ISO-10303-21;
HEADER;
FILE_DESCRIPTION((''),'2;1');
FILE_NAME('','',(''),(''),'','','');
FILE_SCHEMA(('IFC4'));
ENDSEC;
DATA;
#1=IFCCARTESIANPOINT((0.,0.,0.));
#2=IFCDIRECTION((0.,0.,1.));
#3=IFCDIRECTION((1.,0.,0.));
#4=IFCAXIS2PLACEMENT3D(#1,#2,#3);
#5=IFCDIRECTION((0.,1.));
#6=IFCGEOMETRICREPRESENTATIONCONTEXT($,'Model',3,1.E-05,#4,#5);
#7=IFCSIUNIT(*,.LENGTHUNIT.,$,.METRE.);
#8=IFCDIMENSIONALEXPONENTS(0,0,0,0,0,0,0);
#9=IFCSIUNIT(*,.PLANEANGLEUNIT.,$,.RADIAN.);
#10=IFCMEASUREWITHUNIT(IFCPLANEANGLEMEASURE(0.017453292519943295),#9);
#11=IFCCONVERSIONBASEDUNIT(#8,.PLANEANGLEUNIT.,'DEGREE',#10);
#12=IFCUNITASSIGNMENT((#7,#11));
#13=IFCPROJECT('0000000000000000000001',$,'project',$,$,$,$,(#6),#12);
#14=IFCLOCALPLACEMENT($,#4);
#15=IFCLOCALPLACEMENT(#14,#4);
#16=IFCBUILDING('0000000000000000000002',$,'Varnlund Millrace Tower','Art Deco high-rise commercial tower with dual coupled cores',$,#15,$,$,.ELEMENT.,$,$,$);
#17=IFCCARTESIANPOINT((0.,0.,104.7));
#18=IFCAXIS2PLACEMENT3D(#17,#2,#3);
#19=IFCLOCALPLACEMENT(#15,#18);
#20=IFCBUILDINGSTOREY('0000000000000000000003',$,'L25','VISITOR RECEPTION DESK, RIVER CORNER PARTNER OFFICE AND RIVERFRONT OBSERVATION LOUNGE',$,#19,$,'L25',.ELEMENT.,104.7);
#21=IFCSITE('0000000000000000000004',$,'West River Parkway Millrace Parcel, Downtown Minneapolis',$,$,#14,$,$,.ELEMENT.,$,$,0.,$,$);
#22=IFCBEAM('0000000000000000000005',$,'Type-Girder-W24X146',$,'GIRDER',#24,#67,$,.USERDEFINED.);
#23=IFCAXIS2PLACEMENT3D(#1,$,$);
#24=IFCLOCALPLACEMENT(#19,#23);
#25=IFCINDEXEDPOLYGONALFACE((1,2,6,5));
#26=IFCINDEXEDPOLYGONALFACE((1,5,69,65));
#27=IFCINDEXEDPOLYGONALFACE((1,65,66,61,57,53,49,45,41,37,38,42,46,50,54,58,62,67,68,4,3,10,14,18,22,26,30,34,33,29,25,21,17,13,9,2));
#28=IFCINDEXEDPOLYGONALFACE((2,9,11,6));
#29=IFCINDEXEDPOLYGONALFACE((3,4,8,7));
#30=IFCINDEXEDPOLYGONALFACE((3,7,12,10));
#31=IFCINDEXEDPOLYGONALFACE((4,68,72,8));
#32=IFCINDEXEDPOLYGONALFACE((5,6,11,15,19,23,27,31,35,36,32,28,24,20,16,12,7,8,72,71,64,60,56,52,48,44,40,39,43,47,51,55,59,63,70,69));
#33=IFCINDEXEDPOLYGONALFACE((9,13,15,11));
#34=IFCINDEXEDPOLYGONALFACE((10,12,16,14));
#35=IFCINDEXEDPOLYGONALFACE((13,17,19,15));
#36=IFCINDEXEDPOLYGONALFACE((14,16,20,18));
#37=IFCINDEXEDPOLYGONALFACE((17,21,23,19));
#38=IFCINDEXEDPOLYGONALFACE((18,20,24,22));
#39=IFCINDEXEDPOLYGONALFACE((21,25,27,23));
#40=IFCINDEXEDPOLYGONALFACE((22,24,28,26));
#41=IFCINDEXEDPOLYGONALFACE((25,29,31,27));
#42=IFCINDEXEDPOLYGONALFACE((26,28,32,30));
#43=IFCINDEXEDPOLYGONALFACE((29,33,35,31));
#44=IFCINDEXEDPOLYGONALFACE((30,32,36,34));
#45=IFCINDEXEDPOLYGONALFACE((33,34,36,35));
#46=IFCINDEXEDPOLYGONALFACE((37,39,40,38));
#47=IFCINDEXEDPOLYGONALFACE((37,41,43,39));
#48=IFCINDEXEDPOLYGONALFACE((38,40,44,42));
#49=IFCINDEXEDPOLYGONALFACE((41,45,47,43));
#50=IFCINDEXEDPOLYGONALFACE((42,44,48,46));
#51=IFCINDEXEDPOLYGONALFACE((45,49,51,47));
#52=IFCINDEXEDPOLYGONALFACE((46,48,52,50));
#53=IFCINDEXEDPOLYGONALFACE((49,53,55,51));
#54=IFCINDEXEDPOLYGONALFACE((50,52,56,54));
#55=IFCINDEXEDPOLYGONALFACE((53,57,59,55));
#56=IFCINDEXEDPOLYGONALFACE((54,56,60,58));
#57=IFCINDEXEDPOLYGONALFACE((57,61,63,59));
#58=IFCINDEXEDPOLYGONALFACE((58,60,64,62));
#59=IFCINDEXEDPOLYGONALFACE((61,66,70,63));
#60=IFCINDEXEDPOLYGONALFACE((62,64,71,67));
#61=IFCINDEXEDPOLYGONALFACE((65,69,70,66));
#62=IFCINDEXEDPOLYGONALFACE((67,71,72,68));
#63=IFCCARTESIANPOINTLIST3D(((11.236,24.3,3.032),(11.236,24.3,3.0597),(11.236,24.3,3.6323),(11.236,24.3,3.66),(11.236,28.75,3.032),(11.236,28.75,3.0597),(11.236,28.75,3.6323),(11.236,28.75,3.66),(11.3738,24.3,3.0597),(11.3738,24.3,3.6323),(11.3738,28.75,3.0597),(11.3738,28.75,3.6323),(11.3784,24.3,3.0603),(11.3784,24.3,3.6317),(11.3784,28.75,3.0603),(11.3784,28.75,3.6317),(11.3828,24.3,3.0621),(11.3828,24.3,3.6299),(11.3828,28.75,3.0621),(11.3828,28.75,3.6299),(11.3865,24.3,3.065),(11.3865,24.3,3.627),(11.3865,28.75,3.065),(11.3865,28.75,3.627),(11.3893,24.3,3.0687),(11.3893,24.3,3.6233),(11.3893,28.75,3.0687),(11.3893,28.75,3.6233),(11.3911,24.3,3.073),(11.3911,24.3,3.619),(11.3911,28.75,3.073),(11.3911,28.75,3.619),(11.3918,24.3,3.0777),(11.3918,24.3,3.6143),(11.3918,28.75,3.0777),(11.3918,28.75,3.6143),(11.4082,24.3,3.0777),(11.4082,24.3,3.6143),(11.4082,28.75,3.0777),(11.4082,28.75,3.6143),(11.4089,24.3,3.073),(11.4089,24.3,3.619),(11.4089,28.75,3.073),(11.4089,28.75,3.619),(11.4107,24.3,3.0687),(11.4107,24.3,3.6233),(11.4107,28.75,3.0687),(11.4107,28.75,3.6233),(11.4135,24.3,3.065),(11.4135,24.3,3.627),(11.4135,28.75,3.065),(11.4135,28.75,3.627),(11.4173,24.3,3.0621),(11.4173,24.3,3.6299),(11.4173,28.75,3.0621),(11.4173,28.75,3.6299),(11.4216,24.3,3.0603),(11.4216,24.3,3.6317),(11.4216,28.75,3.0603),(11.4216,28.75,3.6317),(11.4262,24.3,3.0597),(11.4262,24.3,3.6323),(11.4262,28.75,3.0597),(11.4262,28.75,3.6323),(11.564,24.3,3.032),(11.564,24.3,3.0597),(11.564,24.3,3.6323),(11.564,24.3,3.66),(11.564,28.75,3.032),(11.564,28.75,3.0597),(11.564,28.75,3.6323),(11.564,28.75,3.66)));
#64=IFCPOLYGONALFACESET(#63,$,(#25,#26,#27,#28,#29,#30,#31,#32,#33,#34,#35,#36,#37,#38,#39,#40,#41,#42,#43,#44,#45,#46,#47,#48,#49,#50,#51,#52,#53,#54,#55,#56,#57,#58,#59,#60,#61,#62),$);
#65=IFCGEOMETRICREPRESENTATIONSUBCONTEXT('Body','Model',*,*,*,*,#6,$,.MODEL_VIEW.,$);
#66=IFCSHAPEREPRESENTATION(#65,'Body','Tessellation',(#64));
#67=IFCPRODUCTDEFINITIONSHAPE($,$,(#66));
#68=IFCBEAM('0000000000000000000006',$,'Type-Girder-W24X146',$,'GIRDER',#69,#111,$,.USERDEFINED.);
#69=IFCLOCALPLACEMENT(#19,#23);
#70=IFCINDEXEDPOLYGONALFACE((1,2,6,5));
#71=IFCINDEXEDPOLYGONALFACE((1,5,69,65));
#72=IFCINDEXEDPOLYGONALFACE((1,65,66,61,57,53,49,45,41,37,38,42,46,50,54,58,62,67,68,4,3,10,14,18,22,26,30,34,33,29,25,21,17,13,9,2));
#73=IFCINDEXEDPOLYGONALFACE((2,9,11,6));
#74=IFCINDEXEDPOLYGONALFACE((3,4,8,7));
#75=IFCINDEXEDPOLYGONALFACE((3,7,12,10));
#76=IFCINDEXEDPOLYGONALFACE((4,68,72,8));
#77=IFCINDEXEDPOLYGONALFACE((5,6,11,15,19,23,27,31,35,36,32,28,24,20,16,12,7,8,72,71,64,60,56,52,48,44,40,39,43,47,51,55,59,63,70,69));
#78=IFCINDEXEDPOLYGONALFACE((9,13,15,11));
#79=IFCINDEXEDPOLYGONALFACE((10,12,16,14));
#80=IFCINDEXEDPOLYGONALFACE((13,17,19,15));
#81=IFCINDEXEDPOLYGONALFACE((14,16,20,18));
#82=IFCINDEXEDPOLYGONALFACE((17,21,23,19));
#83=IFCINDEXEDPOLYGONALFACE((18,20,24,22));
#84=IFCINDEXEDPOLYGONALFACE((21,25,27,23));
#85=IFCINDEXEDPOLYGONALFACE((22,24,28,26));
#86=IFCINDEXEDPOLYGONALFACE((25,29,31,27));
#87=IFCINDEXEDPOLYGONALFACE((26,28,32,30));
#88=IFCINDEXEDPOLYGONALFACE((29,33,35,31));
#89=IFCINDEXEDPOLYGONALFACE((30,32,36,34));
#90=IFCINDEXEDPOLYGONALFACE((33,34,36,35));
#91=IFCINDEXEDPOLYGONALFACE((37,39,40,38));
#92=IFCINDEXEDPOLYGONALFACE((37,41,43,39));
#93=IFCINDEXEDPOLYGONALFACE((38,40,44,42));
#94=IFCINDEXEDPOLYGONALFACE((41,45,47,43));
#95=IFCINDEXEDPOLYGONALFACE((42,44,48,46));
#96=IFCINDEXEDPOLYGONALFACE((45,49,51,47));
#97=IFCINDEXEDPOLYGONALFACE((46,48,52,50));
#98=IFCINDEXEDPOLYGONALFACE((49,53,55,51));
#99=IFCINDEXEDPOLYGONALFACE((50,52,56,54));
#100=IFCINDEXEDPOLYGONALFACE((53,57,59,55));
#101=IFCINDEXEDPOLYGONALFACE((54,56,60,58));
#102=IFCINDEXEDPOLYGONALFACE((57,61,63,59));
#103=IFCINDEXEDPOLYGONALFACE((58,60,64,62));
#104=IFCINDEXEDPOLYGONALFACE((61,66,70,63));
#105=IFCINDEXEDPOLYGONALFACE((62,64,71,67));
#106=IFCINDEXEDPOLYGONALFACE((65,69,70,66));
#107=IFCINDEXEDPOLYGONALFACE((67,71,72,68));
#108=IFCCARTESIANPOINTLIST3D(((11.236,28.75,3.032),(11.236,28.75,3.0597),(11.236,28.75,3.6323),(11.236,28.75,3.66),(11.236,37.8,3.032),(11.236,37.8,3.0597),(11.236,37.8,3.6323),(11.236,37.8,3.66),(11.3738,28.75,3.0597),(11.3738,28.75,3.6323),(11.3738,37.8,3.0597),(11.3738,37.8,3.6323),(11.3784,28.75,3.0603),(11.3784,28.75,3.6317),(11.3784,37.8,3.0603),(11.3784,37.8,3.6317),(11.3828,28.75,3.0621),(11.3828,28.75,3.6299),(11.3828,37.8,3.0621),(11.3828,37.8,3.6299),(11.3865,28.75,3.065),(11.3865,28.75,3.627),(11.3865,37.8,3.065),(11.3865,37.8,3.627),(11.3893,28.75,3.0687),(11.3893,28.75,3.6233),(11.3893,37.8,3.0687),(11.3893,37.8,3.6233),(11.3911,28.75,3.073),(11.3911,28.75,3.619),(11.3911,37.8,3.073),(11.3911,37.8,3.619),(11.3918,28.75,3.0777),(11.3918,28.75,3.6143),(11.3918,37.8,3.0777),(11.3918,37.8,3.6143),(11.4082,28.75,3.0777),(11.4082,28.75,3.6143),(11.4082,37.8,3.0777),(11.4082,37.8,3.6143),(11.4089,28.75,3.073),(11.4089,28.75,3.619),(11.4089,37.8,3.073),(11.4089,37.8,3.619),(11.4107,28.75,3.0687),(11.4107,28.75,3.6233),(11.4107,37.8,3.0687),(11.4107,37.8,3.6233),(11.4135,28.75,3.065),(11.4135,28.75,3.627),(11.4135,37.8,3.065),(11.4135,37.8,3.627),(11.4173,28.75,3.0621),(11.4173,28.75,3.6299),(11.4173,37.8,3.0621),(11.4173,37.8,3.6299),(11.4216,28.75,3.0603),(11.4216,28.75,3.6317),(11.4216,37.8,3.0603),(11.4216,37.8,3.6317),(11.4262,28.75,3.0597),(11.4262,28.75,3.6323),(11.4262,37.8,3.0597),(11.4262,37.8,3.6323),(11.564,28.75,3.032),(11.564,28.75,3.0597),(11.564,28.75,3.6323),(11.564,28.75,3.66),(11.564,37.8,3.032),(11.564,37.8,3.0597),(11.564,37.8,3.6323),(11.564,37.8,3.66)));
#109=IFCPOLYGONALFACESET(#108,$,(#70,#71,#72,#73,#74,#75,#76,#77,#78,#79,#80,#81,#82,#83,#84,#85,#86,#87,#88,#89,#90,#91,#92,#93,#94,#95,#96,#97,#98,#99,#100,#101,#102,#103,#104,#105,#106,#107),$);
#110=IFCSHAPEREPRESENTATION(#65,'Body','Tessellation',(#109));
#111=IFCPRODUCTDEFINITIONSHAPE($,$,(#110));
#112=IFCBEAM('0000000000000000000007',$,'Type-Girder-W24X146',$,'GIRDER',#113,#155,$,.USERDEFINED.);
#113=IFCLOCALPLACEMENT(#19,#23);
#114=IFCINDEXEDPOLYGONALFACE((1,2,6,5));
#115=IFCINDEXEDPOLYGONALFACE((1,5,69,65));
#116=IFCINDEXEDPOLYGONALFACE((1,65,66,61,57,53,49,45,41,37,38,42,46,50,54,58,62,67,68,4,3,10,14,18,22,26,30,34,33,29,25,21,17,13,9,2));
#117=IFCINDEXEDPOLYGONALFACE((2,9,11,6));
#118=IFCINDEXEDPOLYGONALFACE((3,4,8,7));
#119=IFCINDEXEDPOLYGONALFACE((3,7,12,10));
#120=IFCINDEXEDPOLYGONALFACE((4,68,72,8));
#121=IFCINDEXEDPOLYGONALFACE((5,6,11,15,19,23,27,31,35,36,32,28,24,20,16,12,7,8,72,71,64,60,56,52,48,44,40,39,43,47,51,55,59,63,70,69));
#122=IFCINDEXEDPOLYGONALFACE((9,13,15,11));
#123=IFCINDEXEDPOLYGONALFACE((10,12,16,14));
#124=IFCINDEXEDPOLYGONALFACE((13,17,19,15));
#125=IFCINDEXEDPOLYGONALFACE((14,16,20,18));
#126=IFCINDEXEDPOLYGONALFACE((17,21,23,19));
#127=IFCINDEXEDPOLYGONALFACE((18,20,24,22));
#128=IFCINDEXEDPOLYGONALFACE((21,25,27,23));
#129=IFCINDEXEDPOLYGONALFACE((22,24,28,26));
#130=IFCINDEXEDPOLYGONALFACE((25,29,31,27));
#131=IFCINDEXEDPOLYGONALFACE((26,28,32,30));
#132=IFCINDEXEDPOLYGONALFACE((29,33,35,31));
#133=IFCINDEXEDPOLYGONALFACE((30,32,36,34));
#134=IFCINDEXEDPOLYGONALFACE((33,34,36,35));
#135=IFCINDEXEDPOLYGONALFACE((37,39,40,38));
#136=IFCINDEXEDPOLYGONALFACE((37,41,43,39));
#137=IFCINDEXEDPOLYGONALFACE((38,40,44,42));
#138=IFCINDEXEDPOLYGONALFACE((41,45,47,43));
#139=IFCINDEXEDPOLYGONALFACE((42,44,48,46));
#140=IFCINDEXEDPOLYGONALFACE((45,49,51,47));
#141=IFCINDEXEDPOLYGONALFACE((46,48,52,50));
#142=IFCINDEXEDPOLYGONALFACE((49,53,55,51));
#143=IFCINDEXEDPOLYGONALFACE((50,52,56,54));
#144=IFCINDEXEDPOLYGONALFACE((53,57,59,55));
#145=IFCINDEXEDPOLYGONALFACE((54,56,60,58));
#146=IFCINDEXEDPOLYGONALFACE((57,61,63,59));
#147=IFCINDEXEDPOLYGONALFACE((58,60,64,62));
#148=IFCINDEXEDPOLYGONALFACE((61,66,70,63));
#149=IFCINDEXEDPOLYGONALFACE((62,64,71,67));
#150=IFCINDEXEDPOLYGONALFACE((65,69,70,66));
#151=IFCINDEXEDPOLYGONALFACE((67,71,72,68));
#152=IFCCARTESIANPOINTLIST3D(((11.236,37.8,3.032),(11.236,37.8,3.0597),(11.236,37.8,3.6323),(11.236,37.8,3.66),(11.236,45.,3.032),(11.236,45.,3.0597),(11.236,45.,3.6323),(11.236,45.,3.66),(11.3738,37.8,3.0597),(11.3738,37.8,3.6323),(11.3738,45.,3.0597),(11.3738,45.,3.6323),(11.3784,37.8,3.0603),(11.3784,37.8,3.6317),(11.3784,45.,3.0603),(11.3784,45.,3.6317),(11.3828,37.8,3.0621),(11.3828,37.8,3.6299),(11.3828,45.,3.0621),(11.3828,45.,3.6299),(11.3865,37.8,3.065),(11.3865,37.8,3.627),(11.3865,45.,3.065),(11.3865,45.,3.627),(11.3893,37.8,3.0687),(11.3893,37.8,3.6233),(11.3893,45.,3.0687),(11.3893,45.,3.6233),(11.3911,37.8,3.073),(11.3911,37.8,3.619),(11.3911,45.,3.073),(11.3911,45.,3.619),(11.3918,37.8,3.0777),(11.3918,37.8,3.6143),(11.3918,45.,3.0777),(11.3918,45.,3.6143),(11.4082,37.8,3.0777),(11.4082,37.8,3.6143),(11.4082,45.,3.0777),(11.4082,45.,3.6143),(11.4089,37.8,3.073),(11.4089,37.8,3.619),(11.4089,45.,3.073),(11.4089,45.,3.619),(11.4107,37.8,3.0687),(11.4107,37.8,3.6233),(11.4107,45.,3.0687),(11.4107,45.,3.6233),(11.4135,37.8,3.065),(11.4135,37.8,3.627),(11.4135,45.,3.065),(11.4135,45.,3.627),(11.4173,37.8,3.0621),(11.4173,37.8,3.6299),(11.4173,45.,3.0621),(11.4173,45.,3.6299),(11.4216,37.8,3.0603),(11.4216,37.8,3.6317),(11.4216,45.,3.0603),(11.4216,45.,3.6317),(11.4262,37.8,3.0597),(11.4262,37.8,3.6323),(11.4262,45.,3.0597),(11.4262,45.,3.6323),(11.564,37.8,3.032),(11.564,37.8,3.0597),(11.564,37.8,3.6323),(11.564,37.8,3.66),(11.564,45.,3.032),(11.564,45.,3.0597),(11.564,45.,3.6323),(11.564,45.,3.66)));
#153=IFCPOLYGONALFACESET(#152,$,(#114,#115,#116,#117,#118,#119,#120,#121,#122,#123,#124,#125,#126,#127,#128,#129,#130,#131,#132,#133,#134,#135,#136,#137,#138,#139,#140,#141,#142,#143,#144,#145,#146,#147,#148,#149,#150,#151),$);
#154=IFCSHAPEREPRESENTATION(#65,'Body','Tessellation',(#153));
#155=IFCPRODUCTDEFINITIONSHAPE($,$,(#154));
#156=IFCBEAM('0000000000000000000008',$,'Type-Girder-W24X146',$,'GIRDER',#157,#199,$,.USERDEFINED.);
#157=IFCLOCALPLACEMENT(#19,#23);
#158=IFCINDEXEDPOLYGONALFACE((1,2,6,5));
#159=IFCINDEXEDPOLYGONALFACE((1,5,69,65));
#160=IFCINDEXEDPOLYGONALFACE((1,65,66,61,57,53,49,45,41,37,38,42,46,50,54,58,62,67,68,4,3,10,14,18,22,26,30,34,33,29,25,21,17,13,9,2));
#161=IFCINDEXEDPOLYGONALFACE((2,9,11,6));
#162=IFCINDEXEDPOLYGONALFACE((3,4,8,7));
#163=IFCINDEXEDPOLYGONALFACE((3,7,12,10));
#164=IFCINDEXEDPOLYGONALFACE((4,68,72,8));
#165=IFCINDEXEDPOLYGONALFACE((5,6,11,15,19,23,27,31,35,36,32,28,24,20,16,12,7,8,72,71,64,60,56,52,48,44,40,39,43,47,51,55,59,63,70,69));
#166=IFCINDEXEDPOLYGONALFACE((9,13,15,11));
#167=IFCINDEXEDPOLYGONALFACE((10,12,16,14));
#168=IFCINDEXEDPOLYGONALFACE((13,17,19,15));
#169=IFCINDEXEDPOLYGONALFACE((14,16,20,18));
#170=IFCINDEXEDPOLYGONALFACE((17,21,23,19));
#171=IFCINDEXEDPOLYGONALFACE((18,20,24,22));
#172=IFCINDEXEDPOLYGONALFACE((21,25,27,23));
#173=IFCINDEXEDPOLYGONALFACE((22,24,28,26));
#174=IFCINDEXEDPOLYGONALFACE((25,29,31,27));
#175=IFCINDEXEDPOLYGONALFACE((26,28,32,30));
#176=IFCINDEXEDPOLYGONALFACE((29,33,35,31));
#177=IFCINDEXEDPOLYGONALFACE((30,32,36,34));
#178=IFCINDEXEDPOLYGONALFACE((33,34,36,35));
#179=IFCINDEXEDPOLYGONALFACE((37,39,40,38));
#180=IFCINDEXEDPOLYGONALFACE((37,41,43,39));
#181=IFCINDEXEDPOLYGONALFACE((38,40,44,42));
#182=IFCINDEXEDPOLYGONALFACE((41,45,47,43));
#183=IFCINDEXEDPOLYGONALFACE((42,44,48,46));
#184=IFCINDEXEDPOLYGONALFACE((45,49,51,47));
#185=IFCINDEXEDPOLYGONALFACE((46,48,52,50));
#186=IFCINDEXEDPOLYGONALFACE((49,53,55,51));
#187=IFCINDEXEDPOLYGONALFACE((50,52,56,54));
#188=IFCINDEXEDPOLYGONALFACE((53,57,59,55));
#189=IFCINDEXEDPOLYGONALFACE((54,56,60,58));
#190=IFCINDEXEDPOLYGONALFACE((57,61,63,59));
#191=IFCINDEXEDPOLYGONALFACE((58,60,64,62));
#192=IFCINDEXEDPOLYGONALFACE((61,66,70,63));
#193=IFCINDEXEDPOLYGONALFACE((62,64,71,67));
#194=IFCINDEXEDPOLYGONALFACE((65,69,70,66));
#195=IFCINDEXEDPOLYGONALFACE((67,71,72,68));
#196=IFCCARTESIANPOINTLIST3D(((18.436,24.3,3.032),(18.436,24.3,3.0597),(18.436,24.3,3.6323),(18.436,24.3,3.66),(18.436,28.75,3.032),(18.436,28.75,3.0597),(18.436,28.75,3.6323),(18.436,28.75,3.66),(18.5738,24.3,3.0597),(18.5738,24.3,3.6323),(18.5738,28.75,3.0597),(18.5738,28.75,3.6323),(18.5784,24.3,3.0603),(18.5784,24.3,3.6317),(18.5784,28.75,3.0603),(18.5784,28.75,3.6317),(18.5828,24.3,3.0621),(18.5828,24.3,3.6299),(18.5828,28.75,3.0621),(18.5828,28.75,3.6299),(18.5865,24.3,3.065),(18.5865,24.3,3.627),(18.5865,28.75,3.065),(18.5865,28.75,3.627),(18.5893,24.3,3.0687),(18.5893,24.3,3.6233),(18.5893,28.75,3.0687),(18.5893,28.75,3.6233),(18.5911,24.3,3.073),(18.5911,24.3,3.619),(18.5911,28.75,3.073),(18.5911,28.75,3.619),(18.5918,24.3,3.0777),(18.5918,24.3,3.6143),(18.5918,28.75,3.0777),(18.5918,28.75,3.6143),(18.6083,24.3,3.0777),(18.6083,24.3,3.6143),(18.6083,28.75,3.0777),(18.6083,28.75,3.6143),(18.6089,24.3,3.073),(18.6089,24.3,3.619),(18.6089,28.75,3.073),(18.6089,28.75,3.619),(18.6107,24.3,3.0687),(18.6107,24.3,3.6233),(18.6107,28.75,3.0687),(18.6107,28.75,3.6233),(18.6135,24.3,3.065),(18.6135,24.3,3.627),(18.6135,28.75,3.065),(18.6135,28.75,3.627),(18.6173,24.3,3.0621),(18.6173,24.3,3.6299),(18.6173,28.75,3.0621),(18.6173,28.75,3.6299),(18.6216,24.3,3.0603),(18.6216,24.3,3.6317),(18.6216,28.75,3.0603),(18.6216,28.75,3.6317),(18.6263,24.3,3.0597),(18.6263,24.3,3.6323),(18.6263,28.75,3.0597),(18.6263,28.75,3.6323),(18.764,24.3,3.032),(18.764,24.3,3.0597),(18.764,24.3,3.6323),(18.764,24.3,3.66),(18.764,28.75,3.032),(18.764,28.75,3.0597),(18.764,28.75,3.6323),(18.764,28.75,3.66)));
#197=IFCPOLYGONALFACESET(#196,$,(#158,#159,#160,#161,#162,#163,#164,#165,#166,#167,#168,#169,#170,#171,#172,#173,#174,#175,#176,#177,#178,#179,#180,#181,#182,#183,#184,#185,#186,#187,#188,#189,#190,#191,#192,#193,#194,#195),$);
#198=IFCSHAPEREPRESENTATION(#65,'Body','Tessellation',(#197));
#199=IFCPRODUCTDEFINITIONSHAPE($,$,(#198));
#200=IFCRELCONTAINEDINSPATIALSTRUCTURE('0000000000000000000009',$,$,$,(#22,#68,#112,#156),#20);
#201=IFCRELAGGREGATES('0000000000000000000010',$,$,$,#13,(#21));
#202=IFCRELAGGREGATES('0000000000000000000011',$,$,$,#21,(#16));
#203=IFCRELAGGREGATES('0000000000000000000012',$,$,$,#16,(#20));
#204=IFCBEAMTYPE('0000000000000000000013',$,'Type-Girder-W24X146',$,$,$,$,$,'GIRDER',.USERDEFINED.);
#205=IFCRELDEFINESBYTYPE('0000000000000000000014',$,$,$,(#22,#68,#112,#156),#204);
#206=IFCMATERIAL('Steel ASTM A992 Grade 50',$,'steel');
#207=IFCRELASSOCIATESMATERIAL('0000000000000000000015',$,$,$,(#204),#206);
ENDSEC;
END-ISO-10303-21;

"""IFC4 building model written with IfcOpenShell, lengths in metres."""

from ifc_helpers import new_model, entity, si_unit, converted_unit, direction, frame, origin_with_axes, origin_2d_with_axis, place, context, subcontext, project, spatial, i_section, extrude, material, material_profile, profile_set, type_object, element, save


model = new_model("IFC4")

# Units and contexts
model_context = context("Model", 3, precision=1e-05, world=origin_with_axes(), true_north=direction((0.0, 1.0)))
body_context = subcontext(model_context, "Body", "Model", "MODEL_VIEW")
ifc_project = project(units=[si_unit("LENGTHUNIT", "METRE"), converted_unit("PLANEANGLEUNIT", "DEGREE", entity("IfcPlaneAngleMeasure", 0.017453292519943295), si_unit("PLANEANGLEUNIT", "RADIAN"), dimensions=[0, 0, 0, 0, 0, 0, 0])], contexts=[model_context])

# Site, building, storey
site_placement = place(None, origin_with_axes())
site = spatial("IfcSite", under=ifc_project, at=site_placement, Name="West River Parkway Millrace Parcel, Downtown Minneapolis", CompositionType="ELEMENT", RefElevation=0.0)
building_placement = place(site_placement, origin_with_axes())
building = spatial("IfcBuilding", under=site, at=building_placement, Name="Varnlund Millrace Tower", Description="Art Deco high-rise commercial tower with dual coupled cores", CompositionType="ELEMENT")
storey_placement = place(building_placement, frame((0.0, 0.0, 104.7), z_axis=(0.0, 0.0, 1.0), x_axis=(1.0, 0.0, 0.0)))
storey = spatial("IfcBuildingStorey", under=building, at=storey_placement, Name="L25", Description="VISITOR RECEPTION DESK, RIVER CORNER PARTNER OFFICE AND RIVERFRONT OBSERVATION LOUNGE", LongName="L25", CompositionType="ELEMENT", Elevation=104.7)

# Beams
ifc_material_1 = material(Name="Steel ASTM A992 Grade 50", Category="steel")
ifc_material_profile_1 = material_profile(ifc_material_1, i_section(OverallWidth=0.328, OverallDepth=0.628, WebThickness=0.0165, FlangeThickness=0.0277, FilletRadius=0.018, at=origin_2d_with_axis()), Name="Steel ASTM A992 Grade 50")
ifc_profile_set_1 = profile_set([ifc_material_profile_1], Name="Steel ASTM A992 Grade 50")
beam_type_1 = type_object("IfcBeamType", Name="Type-Girder-W24X146", ElementType="GIRDER", PredefinedType="USERDEFINED", material=ifc_profile_set_1)
beam_1_placement = place(storey_placement, frame((11.4, 24.3, 3.346), z_axis=(0.0, 1.0, 0.0), x_axis=(-1.0, 0.0, 0.0)))
element("IfcBeam", 1, at=beam_1_placement, inside=storey, type_object=beam_type_1, Name="Type-Girder-W24X146", ObjectType="GIRDER", PredefinedType="USERDEFINED", context=body_context, shape_type="SweptSolid", body=[
    extrude(i_section(OverallWidth=0.328, OverallDepth=0.628, WebThickness=0.0165, FlangeThickness=0.0277, FilletRadius=0.018, at=origin_2d_with_axis()), origin_with_axes(), (0.0, 0.0, 1.0), 4.45),
])
beam_2_placement = place(storey_placement, frame((11.4, 28.75, 3.346), z_axis=(0.0, 1.0, 0.0), x_axis=(-1.0, 0.0, 0.0)))
element("IfcBeam", 2, at=beam_2_placement, inside=storey, type_object=beam_type_1, Name="Type-Girder-W24X146", ObjectType="GIRDER", PredefinedType="USERDEFINED", context=body_context, shape_type="SweptSolid", body=[
    extrude(i_section(OverallWidth=0.328, OverallDepth=0.628, WebThickness=0.0165, FlangeThickness=0.0277, FilletRadius=0.018, at=origin_2d_with_axis()), origin_with_axes(), (0.0, 0.0, 1.0), 9.05),
])
beam_3_placement = place(storey_placement, frame((11.4, 37.8, 3.346), z_axis=(0.0, 1.0, 0.0), x_axis=(-1.0, 0.0, 0.0)))
element("IfcBeam", 3, at=beam_3_placement, inside=storey, type_object=beam_type_1, Name="Type-Girder-W24X146", ObjectType="GIRDER", PredefinedType="USERDEFINED", context=body_context, shape_type="SweptSolid", body=[
    extrude(i_section(OverallWidth=0.328, OverallDepth=0.628, WebThickness=0.0165, FlangeThickness=0.0277, FilletRadius=0.018, at=origin_2d_with_axis()), origin_with_axes(), (0.0, 0.0, 1.0), 7.2),
])
beam_4_placement = place(storey_placement, frame((18.6, 24.3, 3.346), z_axis=(0.0, 1.0, 0.0), x_axis=(-1.0, 0.0, 0.0)))
element("IfcBeam", 4, at=beam_4_placement, inside=storey, type_object=beam_type_1, Name="Type-Girder-W24X146", ObjectType="GIRDER", PredefinedType="USERDEFINED", context=body_context, shape_type="SweptSolid", body=[
    extrude(i_section(OverallWidth=0.328, OverallDepth=0.628, WebThickness=0.0165, FlangeThickness=0.0277, FilletRadius=0.018, at=origin_2d_with_axis()), origin_with_axes(), (0.0, 0.0, 1.0), 4.45),
])

save(model, "model.ifc")
